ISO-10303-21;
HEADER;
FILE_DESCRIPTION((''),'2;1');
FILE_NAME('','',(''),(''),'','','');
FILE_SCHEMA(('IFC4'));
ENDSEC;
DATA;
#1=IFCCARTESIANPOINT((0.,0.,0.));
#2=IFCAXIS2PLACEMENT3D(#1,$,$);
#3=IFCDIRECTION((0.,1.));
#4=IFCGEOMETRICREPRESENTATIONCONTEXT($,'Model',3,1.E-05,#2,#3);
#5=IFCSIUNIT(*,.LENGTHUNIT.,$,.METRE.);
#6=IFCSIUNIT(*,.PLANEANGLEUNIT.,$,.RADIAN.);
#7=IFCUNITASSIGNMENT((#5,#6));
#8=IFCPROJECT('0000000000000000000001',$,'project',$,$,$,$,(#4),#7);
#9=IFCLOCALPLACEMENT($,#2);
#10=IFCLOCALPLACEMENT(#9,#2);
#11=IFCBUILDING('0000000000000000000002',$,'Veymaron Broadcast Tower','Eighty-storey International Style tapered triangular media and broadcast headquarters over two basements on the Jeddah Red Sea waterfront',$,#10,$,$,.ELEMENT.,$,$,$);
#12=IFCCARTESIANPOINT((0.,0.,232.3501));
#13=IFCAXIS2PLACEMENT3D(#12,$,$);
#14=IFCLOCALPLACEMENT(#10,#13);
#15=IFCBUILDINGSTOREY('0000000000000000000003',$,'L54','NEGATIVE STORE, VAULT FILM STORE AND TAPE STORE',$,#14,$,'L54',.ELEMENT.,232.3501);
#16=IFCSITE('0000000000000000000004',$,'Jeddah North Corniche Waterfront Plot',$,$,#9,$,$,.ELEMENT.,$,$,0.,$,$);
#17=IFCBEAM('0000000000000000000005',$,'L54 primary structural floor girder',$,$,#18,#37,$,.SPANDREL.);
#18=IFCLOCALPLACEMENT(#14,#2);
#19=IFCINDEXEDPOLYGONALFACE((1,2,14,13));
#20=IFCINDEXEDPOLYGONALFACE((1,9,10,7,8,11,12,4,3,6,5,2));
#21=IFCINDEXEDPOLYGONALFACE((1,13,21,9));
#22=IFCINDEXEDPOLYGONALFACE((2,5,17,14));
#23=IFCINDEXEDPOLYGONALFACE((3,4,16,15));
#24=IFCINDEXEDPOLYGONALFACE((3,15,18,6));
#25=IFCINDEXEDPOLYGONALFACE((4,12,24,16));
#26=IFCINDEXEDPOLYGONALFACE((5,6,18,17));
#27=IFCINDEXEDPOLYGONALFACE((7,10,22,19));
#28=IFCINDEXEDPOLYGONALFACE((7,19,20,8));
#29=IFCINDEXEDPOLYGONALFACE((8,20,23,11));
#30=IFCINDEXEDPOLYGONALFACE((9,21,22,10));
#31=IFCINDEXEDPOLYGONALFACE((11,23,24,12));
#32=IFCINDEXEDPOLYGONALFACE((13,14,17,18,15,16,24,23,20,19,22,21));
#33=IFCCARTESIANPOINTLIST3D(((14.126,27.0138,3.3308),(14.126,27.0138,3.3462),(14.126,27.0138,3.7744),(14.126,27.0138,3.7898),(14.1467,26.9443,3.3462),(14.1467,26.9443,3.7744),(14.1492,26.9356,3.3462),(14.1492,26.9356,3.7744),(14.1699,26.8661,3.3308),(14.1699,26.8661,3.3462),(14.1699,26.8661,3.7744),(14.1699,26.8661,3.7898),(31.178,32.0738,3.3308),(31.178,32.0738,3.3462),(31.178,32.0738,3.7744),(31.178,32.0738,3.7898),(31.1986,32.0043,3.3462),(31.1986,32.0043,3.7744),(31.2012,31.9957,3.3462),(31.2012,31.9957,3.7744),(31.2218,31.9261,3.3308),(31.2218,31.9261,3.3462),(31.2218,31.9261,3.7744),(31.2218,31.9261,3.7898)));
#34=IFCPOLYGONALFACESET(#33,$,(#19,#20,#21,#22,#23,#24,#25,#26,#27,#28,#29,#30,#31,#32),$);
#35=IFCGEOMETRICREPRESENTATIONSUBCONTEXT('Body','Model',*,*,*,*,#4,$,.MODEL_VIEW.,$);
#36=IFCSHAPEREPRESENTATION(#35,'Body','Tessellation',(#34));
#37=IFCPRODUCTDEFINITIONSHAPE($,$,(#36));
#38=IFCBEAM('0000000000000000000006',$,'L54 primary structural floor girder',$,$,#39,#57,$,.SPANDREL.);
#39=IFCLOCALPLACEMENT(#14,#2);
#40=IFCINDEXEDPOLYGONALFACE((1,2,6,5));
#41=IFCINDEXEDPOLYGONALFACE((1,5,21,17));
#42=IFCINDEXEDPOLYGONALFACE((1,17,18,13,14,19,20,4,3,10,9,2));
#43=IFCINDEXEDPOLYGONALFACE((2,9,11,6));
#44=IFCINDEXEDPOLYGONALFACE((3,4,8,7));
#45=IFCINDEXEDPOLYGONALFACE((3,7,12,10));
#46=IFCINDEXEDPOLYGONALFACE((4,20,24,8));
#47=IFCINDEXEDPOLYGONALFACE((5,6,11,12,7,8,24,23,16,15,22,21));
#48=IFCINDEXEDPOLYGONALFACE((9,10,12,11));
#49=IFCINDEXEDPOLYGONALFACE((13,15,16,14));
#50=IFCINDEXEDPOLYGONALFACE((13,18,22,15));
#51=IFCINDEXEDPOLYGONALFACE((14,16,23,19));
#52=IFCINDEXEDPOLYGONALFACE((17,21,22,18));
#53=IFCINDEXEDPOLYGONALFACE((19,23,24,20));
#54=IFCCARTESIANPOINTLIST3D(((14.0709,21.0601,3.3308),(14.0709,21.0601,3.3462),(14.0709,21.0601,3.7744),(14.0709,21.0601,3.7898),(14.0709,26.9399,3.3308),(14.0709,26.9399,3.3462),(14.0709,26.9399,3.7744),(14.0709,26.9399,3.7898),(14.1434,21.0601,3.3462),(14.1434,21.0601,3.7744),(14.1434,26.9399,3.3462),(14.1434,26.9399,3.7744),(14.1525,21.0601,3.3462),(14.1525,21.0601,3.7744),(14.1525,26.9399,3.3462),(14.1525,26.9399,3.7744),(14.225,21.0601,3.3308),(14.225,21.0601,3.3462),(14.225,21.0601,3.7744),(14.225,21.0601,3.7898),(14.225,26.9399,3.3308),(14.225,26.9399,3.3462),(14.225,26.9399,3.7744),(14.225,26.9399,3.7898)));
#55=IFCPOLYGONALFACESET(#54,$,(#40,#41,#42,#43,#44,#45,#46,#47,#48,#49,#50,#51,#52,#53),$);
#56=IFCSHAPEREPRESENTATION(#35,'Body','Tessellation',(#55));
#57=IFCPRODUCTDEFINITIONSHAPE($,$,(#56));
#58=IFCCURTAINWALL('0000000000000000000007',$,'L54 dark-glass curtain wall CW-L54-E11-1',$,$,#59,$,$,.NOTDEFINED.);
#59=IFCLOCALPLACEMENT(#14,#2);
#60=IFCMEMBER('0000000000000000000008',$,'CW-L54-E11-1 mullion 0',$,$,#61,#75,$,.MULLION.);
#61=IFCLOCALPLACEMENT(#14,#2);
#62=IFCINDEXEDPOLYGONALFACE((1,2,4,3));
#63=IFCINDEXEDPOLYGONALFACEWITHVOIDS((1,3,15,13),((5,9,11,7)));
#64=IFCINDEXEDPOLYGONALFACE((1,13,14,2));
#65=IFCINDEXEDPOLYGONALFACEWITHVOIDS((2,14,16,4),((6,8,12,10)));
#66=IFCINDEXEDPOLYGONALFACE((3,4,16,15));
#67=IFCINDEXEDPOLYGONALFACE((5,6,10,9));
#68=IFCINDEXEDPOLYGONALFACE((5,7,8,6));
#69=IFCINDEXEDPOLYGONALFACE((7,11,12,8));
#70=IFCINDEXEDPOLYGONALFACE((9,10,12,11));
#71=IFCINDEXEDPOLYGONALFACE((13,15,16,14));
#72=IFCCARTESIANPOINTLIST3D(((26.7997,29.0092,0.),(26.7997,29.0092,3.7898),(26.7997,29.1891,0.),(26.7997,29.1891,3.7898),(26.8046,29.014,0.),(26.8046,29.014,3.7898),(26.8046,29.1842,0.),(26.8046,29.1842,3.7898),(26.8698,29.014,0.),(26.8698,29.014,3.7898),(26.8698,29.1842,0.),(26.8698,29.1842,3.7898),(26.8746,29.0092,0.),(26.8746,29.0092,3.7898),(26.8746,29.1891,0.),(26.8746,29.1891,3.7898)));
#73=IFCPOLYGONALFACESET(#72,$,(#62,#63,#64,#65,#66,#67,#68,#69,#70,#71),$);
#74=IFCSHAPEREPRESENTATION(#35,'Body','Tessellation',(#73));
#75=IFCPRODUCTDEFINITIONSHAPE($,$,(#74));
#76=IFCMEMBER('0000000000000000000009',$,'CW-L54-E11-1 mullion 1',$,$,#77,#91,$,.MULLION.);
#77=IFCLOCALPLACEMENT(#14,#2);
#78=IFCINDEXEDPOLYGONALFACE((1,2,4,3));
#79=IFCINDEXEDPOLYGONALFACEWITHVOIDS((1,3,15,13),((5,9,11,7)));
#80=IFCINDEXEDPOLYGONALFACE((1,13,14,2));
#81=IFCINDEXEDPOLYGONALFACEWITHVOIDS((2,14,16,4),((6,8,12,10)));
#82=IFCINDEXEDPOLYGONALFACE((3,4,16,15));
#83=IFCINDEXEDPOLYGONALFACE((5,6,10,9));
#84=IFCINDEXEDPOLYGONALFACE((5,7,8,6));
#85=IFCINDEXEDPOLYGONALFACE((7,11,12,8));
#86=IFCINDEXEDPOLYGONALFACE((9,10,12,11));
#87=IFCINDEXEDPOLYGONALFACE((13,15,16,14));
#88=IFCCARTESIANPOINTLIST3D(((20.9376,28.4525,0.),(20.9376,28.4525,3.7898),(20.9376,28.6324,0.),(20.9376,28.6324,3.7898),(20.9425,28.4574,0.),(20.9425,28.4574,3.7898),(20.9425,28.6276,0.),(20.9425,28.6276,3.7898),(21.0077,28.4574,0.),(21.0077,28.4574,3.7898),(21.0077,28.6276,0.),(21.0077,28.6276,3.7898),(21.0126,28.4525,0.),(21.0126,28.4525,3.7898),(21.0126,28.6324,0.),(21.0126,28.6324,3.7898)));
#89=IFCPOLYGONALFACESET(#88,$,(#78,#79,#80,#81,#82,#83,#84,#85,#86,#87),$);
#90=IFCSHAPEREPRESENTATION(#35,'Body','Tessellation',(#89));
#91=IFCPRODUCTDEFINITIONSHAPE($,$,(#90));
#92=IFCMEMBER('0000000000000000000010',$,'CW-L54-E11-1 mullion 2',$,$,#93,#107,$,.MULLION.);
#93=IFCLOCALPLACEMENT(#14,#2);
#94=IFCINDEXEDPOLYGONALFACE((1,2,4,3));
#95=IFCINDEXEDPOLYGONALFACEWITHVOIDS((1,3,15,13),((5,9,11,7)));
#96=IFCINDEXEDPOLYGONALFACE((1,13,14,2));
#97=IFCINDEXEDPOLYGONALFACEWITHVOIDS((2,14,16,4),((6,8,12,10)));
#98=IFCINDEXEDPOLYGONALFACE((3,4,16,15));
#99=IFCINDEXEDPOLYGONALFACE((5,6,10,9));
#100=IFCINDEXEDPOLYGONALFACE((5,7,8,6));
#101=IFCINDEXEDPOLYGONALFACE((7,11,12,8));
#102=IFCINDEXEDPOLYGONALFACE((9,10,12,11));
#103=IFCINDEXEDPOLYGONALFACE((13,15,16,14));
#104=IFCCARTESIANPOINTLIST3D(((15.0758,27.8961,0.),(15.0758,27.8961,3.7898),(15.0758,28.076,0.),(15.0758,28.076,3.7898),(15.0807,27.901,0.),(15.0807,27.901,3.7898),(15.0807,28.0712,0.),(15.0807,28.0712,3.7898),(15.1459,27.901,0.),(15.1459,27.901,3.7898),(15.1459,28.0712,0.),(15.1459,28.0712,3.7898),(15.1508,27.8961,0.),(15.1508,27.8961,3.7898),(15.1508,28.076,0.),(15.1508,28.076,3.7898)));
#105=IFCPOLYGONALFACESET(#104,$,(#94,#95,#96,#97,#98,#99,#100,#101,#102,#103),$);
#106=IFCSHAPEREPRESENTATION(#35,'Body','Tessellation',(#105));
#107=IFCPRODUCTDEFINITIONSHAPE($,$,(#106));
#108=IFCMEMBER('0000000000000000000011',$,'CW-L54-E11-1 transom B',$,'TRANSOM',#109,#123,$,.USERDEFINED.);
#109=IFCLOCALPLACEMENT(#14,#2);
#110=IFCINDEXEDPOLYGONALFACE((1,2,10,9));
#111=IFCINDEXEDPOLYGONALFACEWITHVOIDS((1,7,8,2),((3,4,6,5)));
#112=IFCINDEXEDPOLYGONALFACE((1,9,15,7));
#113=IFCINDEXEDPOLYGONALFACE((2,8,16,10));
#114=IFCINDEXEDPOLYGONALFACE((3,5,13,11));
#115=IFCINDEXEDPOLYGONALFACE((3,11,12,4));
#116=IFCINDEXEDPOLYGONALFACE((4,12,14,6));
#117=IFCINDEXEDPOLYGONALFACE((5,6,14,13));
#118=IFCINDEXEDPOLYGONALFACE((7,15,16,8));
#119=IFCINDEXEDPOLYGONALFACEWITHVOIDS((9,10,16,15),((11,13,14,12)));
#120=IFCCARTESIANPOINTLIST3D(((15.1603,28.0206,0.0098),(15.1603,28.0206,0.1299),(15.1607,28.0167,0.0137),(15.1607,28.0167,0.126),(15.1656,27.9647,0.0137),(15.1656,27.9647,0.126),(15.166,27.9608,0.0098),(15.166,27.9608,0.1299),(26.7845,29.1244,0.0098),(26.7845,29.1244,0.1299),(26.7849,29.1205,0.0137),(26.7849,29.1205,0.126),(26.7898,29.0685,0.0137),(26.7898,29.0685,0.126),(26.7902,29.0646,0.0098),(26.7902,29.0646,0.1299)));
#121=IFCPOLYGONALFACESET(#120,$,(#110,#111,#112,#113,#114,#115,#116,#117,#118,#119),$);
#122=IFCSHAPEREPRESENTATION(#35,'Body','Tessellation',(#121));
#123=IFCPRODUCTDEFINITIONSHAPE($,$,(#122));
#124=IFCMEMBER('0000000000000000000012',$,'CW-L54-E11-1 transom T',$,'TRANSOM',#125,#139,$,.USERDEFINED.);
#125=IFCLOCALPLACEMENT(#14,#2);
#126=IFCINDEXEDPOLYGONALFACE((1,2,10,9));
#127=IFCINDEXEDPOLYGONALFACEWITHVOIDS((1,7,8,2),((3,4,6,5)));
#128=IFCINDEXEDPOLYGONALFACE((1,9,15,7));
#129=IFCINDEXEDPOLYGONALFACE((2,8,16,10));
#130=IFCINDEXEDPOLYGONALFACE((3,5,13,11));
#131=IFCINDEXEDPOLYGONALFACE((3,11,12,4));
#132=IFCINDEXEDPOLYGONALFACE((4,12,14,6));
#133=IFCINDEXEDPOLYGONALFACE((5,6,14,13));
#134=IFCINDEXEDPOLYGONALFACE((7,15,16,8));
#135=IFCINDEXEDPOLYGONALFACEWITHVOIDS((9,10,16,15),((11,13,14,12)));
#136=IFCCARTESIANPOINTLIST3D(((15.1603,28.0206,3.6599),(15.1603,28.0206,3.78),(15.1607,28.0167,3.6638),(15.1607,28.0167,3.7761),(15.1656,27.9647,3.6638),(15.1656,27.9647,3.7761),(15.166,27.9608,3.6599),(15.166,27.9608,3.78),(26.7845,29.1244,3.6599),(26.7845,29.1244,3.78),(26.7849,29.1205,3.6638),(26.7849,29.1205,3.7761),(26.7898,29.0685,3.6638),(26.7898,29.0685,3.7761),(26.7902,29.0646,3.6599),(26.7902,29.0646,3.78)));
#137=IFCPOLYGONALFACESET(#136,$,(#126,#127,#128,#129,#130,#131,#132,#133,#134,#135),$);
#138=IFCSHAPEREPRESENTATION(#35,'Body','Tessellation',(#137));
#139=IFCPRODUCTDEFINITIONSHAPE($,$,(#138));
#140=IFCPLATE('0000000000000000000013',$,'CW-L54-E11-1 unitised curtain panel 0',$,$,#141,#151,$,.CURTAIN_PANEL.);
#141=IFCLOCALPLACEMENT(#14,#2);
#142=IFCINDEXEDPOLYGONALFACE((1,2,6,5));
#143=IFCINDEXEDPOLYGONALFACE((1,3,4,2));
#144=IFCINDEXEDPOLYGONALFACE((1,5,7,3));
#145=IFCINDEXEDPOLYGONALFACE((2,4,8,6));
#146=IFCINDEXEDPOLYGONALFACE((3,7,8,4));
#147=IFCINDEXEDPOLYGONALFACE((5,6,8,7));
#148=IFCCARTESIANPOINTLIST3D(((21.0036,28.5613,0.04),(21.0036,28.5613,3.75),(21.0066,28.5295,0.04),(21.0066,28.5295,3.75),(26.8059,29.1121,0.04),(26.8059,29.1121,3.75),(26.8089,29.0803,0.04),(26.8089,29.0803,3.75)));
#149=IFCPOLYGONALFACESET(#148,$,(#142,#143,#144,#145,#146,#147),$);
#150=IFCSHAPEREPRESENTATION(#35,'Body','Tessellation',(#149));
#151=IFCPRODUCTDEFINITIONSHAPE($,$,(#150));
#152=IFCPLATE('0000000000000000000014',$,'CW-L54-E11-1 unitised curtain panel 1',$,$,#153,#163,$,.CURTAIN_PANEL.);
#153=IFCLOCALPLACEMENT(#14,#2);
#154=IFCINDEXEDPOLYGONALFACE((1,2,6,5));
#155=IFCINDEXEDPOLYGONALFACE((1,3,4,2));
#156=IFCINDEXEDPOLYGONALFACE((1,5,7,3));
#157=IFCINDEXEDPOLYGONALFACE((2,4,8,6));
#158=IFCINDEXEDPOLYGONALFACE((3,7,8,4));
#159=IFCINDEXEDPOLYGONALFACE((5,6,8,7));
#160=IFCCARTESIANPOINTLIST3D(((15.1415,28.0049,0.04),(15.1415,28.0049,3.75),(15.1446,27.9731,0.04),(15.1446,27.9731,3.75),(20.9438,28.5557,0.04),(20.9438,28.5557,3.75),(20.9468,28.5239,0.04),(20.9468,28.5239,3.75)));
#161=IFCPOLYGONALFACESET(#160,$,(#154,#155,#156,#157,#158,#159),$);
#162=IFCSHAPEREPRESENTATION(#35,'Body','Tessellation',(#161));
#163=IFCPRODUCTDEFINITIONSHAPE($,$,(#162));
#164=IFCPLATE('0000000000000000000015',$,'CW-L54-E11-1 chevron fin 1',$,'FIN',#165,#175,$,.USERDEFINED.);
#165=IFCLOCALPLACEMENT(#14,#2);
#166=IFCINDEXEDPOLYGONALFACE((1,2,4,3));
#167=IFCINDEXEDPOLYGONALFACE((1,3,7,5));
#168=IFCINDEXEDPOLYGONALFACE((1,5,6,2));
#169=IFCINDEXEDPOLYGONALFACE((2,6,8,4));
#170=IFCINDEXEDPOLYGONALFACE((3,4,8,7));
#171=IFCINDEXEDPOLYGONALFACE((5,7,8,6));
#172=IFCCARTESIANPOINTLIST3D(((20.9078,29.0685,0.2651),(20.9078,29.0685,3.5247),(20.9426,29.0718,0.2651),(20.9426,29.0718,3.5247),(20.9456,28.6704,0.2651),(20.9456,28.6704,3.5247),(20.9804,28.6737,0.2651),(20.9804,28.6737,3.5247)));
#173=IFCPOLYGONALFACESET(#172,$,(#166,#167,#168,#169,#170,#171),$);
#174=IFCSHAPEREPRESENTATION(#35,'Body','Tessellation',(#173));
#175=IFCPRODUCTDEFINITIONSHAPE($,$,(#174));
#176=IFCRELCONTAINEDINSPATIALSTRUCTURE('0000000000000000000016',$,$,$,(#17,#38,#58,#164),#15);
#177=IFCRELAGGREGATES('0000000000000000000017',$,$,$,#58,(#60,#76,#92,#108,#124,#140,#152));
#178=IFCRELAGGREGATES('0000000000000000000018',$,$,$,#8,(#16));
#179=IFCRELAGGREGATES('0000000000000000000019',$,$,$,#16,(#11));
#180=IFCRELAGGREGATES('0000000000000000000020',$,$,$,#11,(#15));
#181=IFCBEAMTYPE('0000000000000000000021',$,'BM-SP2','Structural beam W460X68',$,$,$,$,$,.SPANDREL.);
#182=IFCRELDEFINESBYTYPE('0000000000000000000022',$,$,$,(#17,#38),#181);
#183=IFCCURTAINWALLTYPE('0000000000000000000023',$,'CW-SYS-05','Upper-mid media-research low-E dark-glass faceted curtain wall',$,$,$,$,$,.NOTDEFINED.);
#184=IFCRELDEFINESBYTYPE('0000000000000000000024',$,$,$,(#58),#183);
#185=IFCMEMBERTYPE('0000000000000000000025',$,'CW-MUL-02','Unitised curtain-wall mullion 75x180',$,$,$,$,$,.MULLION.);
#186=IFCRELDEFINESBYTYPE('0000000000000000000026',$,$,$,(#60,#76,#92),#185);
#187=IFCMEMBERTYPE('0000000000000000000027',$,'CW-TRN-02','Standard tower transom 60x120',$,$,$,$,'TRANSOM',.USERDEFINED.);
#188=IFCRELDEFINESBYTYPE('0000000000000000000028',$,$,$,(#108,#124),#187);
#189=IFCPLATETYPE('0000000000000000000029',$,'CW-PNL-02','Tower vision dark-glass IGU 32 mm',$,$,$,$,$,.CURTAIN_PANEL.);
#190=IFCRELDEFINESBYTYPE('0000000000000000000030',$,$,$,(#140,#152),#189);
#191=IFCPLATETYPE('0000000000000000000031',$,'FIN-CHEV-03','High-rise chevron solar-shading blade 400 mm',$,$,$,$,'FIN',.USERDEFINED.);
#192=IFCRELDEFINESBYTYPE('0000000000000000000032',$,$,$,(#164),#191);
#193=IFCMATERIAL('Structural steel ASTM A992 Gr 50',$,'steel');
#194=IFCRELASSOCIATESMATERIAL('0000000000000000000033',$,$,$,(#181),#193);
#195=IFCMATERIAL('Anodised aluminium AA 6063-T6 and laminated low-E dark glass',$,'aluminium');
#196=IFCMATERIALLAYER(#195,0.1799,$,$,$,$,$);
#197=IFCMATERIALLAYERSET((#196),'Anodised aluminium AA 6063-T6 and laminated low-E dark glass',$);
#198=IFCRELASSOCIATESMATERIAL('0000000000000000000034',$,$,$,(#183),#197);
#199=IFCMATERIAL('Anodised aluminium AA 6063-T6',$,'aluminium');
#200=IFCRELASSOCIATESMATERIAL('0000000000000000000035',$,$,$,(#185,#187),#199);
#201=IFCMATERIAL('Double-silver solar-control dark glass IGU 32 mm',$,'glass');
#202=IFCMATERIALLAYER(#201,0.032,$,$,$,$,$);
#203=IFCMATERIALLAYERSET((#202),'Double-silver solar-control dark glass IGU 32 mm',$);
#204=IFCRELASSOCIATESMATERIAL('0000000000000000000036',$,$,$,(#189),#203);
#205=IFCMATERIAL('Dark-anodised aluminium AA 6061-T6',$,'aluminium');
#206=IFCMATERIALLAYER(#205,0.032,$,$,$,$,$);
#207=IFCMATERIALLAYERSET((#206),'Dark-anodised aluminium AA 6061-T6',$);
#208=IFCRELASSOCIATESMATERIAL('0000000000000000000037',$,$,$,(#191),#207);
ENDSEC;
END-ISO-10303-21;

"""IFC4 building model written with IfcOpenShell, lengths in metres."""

from ifc_helpers import new_model, si_unit, direction, frame, origin, origin_2d, place, context, subcontext, project, spatial, rectangle, hollow_rectangle, i_section, extrude, material, layer, layer_set, material_profile, profile_set, type_object, element, aggregate, save


model = new_model("IFC4")

# Units and contexts
model_context = context("Model", 3, precision=1e-05, world=origin(), true_north=direction((0.0, 1.0)))
body_context = subcontext(model_context, "Body", "Model", "MODEL_VIEW")
ifc_project = project(units=[si_unit("LENGTHUNIT", "METRE"), si_unit("PLANEANGLEUNIT", "RADIAN")], contexts=[model_context])

# Site, building, storey
site_placement = place(None, origin())
site = spatial("IfcSite", under=ifc_project, at=site_placement, Name="Jeddah North Corniche Waterfront Plot", CompositionType="ELEMENT", RefElevation=0.0)
building_placement = place(site_placement, origin())
building = spatial("IfcBuilding", under=site, at=building_placement, Name="Veymaron Broadcast Tower", Description="Eighty-storey International Style tapered triangular media and broadcast headquarters over two basements on the Jeddah Red Sea waterfront", CompositionType="ELEMENT")
storey_placement = place(building_placement, frame((0.0, 0.0, 232.3501)))
storey = spatial("IfcBuildingStorey", under=building, at=storey_placement, Name="L54", Description="NEGATIVE STORE, VAULT FILM STORE AND TAPE STORE", LongName="L54", CompositionType="ELEMENT", Elevation=232.3501)

# Beams
ifc_material_1 = material(Name="Structural steel ASTM A992 Gr 50", Category="steel")
ifc_material_profile_1 = material_profile(ifc_material_1, i_section(OverallWidth=0.1541, OverallDepth=0.459, WebThickness=0.009, FlangeThickness=0.0154, at=origin_2d()), Name="W460X68")
ifc_profile_set_1 = profile_set([ifc_material_profile_1], Name="Structural steel ASTM A992 Gr 50")
beam_type_1 = type_object("IfcBeamType", Name="BM-SP2", Description="Structural beam W460X68", PredefinedType="SPANDREL", material=ifc_profile_set_1)
for number, where, z_axis, x_axis, name in (
    (1, (14.1479, 26.9399, 3.5603), (0.958681, 0.284482, 0.0), (-0.284482, 0.958681, 0.0), "L54 primary structural floor girder"),
):
    element("IfcBeam", number, at=place(storey_placement, frame(where, z_axis=z_axis, x_axis=x_axis)), inside=storey, type_object=beam_type_1, Name=name, PredefinedType="SPANDREL", context=body_context, shape_type="SweptSolid", body=[
        extrude(i_section(OverallWidth=0.1541, OverallDepth=0.459, WebThickness=0.009, FlangeThickness=0.0154, at=origin_2d()), origin(), (0.0, 0.0, 1.0), 17.7869),
    ])
beam_1_placement = place(storey_placement, frame((14.1479, 21.0601, 3.5603), z_axis=(0.0, 1.0, 0.0), x_axis=(-1.0, 0.0, 0.0)))
element("IfcBeam", 2, at=beam_1_placement, inside=storey, type_object=beam_type_1, Name="L54 primary structural floor girder", PredefinedType="SPANDREL", context=body_context, shape_type="SweptSolid", body=[
    extrude(i_section(OverallWidth=0.1541, OverallDepth=0.459, WebThickness=0.009, FlangeThickness=0.0154, at=origin_2d()), origin(), (0.0, 0.0, 1.0), 5.8799),
])

# Curtain wall, members, plates
ifc_material_2 = material(Name="Anodised aluminium AA 6063-T6 and laminated low-E dark glass", Category="aluminium")
ifc_layer_1 = layer(ifc_material_2, 0.1799)
ifc_layer_set_1 = layer_set([ifc_layer_1], Name="Anodised aluminium AA 6063-T6 and laminated low-E dark glass")
curtain_wall_type = type_object("IfcCurtainWallType", Name="CW-SYS-05", Description="Upper-mid media-research low-E dark-glass faceted curtain wall", PredefinedType="NOTDEFINED", material=ifc_layer_set_1)
curtain_wall_placement = place(storey_placement, origin())
curtain_wall = element("IfcCurtainWall", 3, at=curtain_wall_placement, inside=storey, type_object=curtain_wall_type, Name="L54 dark-glass curtain wall CW-L54-E11-1", PredefinedType="NOTDEFINED")
ifc_material_3 = material(Name="Anodised aluminium AA 6063-T6", Category="aluminium")
ifc_material_profile_2 = material_profile(ifc_material_3, hollow_rectangle(XDim=0.075, YDim=0.1799, WallThickness=0.0049, at=origin_2d()), Name="AL180X75X5")
ifc_profile_set_2 = profile_set([ifc_material_profile_2], Name="Anodised aluminium AA 6063-T6")
member_type_1 = type_object("IfcMemberType", Name="CW-MUL-02", Description="Unitised curtain-wall mullion 75x180", PredefinedType="MULLION", material=ifc_profile_set_2)
member_1_placement = place(storey_placement, frame((26.8372, 29.0991, 0.0), z_axis=(0.0, 0.0, 1.0), x_axis=(1.0, 0.0, 0.0)))
member_1 = element("IfcMember", 4, at=member_1_placement, type_object=member_type_1, Name="CW-L54-E11-1 mullion 0", PredefinedType="MULLION", context=body_context, shape_type="SweptSolid", body=[
    extrude(hollow_rectangle(XDim=0.075, YDim=0.1799, WallThickness=0.0049, at=origin_2d()), origin(), (0.0, 0.0, 1.0), 3.7898),
])
member_2_placement = place(storey_placement, frame((20.9751, 28.5425, 0.0), z_axis=(0.0, 0.0, 1.0), x_axis=(1.0, 0.0, 0.0)))
member_2 = element("IfcMember", 5, at=member_2_placement, type_object=member_type_1, Name="CW-L54-E11-1 mullion 1", PredefinedType="MULLION", context=body_context, shape_type="SweptSolid", body=[
    extrude(hollow_rectangle(XDim=0.075, YDim=0.1799, WallThickness=0.0049, at=origin_2d()), origin(), (0.0, 0.0, 1.0), 3.7898),
])
member_3_placement = place(storey_placement, frame((15.1133, 27.9861, 0.0), z_axis=(0.0, 0.0, 1.0), x_axis=(1.0, 0.0, 0.0)))
member_3 = element("IfcMember", 6, at=member_3_placement, type_object=member_type_1, Name="CW-L54-E11-1 mullion 2", PredefinedType="MULLION", context=body_context, shape_type="SweptSolid", body=[
    extrude(hollow_rectangle(XDim=0.075, YDim=0.1799, WallThickness=0.0049, at=origin_2d()), origin(), (0.0, 0.0, 1.0), 3.7898),
])
ifc_material_profile_3 = material_profile(ifc_material_3, hollow_rectangle(XDim=0.0601, YDim=0.1201, WallThickness=0.0039, at=origin_2d()), Name="AL120X60X4")
ifc_profile_set_3 = profile_set([ifc_material_profile_3], Name="Anodised aluminium AA 6063-T6")
member_type_2 = type_object("IfcMemberType", Name="CW-TRN-02", Description="Standard tower transom 60x120", ElementType="TRANSOM", PredefinedType="USERDEFINED", material=ifc_profile_set_3)
member_4_placement = place(storey_placement, frame((26.7874, 29.0945, 0.0698), z_axis=(-0.995522, -0.094528, 0.0), x_axis=(0.094528, -0.995522, 0.0)))
member_4 = element("IfcMember", 7, at=member_4_placement, type_object=member_type_2, Name="CW-L54-E11-1 transom B", ObjectType="TRANSOM", PredefinedType="USERDEFINED", context=body_context, shape_type="SweptSolid", body=[
    extrude(hollow_rectangle(XDim=0.0601, YDim=0.1201, WallThickness=0.0039, at=origin_2d()), origin(), (0.0, 0.0, 1.0), 11.6765),
])
member_5_placement = place(storey_placement, frame((26.7874, 29.0945, 3.72), z_axis=(-0.995522, -0.094528, 0.0), x_axis=(0.094528, -0.995522, 0.0)))
member_5 = element("IfcMember", 8, at=member_5_placement, type_object=member_type_2, Name="CW-L54-E11-1 transom T", ObjectType="TRANSOM", PredefinedType="USERDEFINED", context=body_context, shape_type="SweptSolid", body=[
    extrude(hollow_rectangle(XDim=0.0601, YDim=0.1201, WallThickness=0.0039, at=origin_2d()), origin(), (0.0, 0.0, 1.0), 11.6765),
])
ifc_material_4 = material(Name="Double-silver solar-control dark glass IGU 32 mm", Category="glass")
ifc_layer_2 = layer(ifc_material_4, 0.032)
ifc_layer_set_2 = layer_set([ifc_layer_2], Name="Double-silver solar-control dark glass IGU 32 mm")
plate_type_1 = type_object("IfcPlateType", Name="CW-PNL-02", Description="Tower vision dark-glass IGU 32 mm", PredefinedType="CURTAIN_PANEL", material=ifc_layer_set_2)
plate_1_placement = place(storey_placement, frame((23.9062, 28.8208, 0.04), z_axis=(0.0, 0.0, 1.0), x_axis=(-0.995524, -0.094508, 0.0)))
plate_1 = element("IfcPlate", 9, at=plate_1_placement, type_object=plate_type_1, Name="CW-L54-E11-1 unitised curtain panel 0", PredefinedType="CURTAIN_PANEL", context=body_context, shape_type="SweptSolid", body=[
    extrude(rectangle(XDim=5.8284, YDim=0.032, at=origin_2d()), origin(), (0.0, 0.0, 1.0), 3.71),
])
plate_2_placement = place(storey_placement, frame((18.0442, 28.2644, 0.04), z_axis=(0.0, 0.0, 1.0), x_axis=(-0.995524, -0.094508, 0.0)))
plate_2 = element("IfcPlate", 10, at=plate_2_placement, type_object=plate_type_1, Name="CW-L54-E11-1 unitised curtain panel 1", PredefinedType="CURTAIN_PANEL", context=body_context, shape_type="SweptSolid", body=[
    extrude(rectangle(XDim=5.8284, YDim=0.032, at=origin_2d()), origin(), (0.0, 0.0, 1.0), 3.71),
])
aggregate(curtain_wall, [member_1, member_2, member_3, member_4, member_5, plate_1, plate_2])

# Plate
ifc_material_5 = material(Name="Dark-anodised aluminium AA 6061-T6", Category="aluminium")
ifc_layer_3 = layer(ifc_material_5, 0.032)
ifc_layer_set_3 = layer_set([ifc_layer_3], Name="Dark-anodised aluminium AA 6061-T6")
plate_type_2 = type_object("IfcPlateType", Name="FIN-CHEV-03", Description="High-rise chevron solar-shading blade 400 mm", ElementType="FIN", PredefinedType="USERDEFINED", material=ifc_layer_set_3)
plate_3_placement = place(storey_placement, frame((20.9441, 28.8711, 0.2651), z_axis=(0.0, 0.0, 1.0), x_axis=(-0.094508, 0.995524, 0.0)))
element("IfcPlate", 11, at=plate_3_placement, inside=storey, type_object=plate_type_2, Name="CW-L54-E11-1 chevron fin 1", ObjectType="FIN", PredefinedType="USERDEFINED", context=body_context, shape_type="SweptSolid", body=[
    extrude(rectangle(XDim=0.3999, YDim=0.0349, at=origin_2d()), origin(), (0.0, 0.0, 1.0), 3.2595),
])

save(model, "model.ifc")
